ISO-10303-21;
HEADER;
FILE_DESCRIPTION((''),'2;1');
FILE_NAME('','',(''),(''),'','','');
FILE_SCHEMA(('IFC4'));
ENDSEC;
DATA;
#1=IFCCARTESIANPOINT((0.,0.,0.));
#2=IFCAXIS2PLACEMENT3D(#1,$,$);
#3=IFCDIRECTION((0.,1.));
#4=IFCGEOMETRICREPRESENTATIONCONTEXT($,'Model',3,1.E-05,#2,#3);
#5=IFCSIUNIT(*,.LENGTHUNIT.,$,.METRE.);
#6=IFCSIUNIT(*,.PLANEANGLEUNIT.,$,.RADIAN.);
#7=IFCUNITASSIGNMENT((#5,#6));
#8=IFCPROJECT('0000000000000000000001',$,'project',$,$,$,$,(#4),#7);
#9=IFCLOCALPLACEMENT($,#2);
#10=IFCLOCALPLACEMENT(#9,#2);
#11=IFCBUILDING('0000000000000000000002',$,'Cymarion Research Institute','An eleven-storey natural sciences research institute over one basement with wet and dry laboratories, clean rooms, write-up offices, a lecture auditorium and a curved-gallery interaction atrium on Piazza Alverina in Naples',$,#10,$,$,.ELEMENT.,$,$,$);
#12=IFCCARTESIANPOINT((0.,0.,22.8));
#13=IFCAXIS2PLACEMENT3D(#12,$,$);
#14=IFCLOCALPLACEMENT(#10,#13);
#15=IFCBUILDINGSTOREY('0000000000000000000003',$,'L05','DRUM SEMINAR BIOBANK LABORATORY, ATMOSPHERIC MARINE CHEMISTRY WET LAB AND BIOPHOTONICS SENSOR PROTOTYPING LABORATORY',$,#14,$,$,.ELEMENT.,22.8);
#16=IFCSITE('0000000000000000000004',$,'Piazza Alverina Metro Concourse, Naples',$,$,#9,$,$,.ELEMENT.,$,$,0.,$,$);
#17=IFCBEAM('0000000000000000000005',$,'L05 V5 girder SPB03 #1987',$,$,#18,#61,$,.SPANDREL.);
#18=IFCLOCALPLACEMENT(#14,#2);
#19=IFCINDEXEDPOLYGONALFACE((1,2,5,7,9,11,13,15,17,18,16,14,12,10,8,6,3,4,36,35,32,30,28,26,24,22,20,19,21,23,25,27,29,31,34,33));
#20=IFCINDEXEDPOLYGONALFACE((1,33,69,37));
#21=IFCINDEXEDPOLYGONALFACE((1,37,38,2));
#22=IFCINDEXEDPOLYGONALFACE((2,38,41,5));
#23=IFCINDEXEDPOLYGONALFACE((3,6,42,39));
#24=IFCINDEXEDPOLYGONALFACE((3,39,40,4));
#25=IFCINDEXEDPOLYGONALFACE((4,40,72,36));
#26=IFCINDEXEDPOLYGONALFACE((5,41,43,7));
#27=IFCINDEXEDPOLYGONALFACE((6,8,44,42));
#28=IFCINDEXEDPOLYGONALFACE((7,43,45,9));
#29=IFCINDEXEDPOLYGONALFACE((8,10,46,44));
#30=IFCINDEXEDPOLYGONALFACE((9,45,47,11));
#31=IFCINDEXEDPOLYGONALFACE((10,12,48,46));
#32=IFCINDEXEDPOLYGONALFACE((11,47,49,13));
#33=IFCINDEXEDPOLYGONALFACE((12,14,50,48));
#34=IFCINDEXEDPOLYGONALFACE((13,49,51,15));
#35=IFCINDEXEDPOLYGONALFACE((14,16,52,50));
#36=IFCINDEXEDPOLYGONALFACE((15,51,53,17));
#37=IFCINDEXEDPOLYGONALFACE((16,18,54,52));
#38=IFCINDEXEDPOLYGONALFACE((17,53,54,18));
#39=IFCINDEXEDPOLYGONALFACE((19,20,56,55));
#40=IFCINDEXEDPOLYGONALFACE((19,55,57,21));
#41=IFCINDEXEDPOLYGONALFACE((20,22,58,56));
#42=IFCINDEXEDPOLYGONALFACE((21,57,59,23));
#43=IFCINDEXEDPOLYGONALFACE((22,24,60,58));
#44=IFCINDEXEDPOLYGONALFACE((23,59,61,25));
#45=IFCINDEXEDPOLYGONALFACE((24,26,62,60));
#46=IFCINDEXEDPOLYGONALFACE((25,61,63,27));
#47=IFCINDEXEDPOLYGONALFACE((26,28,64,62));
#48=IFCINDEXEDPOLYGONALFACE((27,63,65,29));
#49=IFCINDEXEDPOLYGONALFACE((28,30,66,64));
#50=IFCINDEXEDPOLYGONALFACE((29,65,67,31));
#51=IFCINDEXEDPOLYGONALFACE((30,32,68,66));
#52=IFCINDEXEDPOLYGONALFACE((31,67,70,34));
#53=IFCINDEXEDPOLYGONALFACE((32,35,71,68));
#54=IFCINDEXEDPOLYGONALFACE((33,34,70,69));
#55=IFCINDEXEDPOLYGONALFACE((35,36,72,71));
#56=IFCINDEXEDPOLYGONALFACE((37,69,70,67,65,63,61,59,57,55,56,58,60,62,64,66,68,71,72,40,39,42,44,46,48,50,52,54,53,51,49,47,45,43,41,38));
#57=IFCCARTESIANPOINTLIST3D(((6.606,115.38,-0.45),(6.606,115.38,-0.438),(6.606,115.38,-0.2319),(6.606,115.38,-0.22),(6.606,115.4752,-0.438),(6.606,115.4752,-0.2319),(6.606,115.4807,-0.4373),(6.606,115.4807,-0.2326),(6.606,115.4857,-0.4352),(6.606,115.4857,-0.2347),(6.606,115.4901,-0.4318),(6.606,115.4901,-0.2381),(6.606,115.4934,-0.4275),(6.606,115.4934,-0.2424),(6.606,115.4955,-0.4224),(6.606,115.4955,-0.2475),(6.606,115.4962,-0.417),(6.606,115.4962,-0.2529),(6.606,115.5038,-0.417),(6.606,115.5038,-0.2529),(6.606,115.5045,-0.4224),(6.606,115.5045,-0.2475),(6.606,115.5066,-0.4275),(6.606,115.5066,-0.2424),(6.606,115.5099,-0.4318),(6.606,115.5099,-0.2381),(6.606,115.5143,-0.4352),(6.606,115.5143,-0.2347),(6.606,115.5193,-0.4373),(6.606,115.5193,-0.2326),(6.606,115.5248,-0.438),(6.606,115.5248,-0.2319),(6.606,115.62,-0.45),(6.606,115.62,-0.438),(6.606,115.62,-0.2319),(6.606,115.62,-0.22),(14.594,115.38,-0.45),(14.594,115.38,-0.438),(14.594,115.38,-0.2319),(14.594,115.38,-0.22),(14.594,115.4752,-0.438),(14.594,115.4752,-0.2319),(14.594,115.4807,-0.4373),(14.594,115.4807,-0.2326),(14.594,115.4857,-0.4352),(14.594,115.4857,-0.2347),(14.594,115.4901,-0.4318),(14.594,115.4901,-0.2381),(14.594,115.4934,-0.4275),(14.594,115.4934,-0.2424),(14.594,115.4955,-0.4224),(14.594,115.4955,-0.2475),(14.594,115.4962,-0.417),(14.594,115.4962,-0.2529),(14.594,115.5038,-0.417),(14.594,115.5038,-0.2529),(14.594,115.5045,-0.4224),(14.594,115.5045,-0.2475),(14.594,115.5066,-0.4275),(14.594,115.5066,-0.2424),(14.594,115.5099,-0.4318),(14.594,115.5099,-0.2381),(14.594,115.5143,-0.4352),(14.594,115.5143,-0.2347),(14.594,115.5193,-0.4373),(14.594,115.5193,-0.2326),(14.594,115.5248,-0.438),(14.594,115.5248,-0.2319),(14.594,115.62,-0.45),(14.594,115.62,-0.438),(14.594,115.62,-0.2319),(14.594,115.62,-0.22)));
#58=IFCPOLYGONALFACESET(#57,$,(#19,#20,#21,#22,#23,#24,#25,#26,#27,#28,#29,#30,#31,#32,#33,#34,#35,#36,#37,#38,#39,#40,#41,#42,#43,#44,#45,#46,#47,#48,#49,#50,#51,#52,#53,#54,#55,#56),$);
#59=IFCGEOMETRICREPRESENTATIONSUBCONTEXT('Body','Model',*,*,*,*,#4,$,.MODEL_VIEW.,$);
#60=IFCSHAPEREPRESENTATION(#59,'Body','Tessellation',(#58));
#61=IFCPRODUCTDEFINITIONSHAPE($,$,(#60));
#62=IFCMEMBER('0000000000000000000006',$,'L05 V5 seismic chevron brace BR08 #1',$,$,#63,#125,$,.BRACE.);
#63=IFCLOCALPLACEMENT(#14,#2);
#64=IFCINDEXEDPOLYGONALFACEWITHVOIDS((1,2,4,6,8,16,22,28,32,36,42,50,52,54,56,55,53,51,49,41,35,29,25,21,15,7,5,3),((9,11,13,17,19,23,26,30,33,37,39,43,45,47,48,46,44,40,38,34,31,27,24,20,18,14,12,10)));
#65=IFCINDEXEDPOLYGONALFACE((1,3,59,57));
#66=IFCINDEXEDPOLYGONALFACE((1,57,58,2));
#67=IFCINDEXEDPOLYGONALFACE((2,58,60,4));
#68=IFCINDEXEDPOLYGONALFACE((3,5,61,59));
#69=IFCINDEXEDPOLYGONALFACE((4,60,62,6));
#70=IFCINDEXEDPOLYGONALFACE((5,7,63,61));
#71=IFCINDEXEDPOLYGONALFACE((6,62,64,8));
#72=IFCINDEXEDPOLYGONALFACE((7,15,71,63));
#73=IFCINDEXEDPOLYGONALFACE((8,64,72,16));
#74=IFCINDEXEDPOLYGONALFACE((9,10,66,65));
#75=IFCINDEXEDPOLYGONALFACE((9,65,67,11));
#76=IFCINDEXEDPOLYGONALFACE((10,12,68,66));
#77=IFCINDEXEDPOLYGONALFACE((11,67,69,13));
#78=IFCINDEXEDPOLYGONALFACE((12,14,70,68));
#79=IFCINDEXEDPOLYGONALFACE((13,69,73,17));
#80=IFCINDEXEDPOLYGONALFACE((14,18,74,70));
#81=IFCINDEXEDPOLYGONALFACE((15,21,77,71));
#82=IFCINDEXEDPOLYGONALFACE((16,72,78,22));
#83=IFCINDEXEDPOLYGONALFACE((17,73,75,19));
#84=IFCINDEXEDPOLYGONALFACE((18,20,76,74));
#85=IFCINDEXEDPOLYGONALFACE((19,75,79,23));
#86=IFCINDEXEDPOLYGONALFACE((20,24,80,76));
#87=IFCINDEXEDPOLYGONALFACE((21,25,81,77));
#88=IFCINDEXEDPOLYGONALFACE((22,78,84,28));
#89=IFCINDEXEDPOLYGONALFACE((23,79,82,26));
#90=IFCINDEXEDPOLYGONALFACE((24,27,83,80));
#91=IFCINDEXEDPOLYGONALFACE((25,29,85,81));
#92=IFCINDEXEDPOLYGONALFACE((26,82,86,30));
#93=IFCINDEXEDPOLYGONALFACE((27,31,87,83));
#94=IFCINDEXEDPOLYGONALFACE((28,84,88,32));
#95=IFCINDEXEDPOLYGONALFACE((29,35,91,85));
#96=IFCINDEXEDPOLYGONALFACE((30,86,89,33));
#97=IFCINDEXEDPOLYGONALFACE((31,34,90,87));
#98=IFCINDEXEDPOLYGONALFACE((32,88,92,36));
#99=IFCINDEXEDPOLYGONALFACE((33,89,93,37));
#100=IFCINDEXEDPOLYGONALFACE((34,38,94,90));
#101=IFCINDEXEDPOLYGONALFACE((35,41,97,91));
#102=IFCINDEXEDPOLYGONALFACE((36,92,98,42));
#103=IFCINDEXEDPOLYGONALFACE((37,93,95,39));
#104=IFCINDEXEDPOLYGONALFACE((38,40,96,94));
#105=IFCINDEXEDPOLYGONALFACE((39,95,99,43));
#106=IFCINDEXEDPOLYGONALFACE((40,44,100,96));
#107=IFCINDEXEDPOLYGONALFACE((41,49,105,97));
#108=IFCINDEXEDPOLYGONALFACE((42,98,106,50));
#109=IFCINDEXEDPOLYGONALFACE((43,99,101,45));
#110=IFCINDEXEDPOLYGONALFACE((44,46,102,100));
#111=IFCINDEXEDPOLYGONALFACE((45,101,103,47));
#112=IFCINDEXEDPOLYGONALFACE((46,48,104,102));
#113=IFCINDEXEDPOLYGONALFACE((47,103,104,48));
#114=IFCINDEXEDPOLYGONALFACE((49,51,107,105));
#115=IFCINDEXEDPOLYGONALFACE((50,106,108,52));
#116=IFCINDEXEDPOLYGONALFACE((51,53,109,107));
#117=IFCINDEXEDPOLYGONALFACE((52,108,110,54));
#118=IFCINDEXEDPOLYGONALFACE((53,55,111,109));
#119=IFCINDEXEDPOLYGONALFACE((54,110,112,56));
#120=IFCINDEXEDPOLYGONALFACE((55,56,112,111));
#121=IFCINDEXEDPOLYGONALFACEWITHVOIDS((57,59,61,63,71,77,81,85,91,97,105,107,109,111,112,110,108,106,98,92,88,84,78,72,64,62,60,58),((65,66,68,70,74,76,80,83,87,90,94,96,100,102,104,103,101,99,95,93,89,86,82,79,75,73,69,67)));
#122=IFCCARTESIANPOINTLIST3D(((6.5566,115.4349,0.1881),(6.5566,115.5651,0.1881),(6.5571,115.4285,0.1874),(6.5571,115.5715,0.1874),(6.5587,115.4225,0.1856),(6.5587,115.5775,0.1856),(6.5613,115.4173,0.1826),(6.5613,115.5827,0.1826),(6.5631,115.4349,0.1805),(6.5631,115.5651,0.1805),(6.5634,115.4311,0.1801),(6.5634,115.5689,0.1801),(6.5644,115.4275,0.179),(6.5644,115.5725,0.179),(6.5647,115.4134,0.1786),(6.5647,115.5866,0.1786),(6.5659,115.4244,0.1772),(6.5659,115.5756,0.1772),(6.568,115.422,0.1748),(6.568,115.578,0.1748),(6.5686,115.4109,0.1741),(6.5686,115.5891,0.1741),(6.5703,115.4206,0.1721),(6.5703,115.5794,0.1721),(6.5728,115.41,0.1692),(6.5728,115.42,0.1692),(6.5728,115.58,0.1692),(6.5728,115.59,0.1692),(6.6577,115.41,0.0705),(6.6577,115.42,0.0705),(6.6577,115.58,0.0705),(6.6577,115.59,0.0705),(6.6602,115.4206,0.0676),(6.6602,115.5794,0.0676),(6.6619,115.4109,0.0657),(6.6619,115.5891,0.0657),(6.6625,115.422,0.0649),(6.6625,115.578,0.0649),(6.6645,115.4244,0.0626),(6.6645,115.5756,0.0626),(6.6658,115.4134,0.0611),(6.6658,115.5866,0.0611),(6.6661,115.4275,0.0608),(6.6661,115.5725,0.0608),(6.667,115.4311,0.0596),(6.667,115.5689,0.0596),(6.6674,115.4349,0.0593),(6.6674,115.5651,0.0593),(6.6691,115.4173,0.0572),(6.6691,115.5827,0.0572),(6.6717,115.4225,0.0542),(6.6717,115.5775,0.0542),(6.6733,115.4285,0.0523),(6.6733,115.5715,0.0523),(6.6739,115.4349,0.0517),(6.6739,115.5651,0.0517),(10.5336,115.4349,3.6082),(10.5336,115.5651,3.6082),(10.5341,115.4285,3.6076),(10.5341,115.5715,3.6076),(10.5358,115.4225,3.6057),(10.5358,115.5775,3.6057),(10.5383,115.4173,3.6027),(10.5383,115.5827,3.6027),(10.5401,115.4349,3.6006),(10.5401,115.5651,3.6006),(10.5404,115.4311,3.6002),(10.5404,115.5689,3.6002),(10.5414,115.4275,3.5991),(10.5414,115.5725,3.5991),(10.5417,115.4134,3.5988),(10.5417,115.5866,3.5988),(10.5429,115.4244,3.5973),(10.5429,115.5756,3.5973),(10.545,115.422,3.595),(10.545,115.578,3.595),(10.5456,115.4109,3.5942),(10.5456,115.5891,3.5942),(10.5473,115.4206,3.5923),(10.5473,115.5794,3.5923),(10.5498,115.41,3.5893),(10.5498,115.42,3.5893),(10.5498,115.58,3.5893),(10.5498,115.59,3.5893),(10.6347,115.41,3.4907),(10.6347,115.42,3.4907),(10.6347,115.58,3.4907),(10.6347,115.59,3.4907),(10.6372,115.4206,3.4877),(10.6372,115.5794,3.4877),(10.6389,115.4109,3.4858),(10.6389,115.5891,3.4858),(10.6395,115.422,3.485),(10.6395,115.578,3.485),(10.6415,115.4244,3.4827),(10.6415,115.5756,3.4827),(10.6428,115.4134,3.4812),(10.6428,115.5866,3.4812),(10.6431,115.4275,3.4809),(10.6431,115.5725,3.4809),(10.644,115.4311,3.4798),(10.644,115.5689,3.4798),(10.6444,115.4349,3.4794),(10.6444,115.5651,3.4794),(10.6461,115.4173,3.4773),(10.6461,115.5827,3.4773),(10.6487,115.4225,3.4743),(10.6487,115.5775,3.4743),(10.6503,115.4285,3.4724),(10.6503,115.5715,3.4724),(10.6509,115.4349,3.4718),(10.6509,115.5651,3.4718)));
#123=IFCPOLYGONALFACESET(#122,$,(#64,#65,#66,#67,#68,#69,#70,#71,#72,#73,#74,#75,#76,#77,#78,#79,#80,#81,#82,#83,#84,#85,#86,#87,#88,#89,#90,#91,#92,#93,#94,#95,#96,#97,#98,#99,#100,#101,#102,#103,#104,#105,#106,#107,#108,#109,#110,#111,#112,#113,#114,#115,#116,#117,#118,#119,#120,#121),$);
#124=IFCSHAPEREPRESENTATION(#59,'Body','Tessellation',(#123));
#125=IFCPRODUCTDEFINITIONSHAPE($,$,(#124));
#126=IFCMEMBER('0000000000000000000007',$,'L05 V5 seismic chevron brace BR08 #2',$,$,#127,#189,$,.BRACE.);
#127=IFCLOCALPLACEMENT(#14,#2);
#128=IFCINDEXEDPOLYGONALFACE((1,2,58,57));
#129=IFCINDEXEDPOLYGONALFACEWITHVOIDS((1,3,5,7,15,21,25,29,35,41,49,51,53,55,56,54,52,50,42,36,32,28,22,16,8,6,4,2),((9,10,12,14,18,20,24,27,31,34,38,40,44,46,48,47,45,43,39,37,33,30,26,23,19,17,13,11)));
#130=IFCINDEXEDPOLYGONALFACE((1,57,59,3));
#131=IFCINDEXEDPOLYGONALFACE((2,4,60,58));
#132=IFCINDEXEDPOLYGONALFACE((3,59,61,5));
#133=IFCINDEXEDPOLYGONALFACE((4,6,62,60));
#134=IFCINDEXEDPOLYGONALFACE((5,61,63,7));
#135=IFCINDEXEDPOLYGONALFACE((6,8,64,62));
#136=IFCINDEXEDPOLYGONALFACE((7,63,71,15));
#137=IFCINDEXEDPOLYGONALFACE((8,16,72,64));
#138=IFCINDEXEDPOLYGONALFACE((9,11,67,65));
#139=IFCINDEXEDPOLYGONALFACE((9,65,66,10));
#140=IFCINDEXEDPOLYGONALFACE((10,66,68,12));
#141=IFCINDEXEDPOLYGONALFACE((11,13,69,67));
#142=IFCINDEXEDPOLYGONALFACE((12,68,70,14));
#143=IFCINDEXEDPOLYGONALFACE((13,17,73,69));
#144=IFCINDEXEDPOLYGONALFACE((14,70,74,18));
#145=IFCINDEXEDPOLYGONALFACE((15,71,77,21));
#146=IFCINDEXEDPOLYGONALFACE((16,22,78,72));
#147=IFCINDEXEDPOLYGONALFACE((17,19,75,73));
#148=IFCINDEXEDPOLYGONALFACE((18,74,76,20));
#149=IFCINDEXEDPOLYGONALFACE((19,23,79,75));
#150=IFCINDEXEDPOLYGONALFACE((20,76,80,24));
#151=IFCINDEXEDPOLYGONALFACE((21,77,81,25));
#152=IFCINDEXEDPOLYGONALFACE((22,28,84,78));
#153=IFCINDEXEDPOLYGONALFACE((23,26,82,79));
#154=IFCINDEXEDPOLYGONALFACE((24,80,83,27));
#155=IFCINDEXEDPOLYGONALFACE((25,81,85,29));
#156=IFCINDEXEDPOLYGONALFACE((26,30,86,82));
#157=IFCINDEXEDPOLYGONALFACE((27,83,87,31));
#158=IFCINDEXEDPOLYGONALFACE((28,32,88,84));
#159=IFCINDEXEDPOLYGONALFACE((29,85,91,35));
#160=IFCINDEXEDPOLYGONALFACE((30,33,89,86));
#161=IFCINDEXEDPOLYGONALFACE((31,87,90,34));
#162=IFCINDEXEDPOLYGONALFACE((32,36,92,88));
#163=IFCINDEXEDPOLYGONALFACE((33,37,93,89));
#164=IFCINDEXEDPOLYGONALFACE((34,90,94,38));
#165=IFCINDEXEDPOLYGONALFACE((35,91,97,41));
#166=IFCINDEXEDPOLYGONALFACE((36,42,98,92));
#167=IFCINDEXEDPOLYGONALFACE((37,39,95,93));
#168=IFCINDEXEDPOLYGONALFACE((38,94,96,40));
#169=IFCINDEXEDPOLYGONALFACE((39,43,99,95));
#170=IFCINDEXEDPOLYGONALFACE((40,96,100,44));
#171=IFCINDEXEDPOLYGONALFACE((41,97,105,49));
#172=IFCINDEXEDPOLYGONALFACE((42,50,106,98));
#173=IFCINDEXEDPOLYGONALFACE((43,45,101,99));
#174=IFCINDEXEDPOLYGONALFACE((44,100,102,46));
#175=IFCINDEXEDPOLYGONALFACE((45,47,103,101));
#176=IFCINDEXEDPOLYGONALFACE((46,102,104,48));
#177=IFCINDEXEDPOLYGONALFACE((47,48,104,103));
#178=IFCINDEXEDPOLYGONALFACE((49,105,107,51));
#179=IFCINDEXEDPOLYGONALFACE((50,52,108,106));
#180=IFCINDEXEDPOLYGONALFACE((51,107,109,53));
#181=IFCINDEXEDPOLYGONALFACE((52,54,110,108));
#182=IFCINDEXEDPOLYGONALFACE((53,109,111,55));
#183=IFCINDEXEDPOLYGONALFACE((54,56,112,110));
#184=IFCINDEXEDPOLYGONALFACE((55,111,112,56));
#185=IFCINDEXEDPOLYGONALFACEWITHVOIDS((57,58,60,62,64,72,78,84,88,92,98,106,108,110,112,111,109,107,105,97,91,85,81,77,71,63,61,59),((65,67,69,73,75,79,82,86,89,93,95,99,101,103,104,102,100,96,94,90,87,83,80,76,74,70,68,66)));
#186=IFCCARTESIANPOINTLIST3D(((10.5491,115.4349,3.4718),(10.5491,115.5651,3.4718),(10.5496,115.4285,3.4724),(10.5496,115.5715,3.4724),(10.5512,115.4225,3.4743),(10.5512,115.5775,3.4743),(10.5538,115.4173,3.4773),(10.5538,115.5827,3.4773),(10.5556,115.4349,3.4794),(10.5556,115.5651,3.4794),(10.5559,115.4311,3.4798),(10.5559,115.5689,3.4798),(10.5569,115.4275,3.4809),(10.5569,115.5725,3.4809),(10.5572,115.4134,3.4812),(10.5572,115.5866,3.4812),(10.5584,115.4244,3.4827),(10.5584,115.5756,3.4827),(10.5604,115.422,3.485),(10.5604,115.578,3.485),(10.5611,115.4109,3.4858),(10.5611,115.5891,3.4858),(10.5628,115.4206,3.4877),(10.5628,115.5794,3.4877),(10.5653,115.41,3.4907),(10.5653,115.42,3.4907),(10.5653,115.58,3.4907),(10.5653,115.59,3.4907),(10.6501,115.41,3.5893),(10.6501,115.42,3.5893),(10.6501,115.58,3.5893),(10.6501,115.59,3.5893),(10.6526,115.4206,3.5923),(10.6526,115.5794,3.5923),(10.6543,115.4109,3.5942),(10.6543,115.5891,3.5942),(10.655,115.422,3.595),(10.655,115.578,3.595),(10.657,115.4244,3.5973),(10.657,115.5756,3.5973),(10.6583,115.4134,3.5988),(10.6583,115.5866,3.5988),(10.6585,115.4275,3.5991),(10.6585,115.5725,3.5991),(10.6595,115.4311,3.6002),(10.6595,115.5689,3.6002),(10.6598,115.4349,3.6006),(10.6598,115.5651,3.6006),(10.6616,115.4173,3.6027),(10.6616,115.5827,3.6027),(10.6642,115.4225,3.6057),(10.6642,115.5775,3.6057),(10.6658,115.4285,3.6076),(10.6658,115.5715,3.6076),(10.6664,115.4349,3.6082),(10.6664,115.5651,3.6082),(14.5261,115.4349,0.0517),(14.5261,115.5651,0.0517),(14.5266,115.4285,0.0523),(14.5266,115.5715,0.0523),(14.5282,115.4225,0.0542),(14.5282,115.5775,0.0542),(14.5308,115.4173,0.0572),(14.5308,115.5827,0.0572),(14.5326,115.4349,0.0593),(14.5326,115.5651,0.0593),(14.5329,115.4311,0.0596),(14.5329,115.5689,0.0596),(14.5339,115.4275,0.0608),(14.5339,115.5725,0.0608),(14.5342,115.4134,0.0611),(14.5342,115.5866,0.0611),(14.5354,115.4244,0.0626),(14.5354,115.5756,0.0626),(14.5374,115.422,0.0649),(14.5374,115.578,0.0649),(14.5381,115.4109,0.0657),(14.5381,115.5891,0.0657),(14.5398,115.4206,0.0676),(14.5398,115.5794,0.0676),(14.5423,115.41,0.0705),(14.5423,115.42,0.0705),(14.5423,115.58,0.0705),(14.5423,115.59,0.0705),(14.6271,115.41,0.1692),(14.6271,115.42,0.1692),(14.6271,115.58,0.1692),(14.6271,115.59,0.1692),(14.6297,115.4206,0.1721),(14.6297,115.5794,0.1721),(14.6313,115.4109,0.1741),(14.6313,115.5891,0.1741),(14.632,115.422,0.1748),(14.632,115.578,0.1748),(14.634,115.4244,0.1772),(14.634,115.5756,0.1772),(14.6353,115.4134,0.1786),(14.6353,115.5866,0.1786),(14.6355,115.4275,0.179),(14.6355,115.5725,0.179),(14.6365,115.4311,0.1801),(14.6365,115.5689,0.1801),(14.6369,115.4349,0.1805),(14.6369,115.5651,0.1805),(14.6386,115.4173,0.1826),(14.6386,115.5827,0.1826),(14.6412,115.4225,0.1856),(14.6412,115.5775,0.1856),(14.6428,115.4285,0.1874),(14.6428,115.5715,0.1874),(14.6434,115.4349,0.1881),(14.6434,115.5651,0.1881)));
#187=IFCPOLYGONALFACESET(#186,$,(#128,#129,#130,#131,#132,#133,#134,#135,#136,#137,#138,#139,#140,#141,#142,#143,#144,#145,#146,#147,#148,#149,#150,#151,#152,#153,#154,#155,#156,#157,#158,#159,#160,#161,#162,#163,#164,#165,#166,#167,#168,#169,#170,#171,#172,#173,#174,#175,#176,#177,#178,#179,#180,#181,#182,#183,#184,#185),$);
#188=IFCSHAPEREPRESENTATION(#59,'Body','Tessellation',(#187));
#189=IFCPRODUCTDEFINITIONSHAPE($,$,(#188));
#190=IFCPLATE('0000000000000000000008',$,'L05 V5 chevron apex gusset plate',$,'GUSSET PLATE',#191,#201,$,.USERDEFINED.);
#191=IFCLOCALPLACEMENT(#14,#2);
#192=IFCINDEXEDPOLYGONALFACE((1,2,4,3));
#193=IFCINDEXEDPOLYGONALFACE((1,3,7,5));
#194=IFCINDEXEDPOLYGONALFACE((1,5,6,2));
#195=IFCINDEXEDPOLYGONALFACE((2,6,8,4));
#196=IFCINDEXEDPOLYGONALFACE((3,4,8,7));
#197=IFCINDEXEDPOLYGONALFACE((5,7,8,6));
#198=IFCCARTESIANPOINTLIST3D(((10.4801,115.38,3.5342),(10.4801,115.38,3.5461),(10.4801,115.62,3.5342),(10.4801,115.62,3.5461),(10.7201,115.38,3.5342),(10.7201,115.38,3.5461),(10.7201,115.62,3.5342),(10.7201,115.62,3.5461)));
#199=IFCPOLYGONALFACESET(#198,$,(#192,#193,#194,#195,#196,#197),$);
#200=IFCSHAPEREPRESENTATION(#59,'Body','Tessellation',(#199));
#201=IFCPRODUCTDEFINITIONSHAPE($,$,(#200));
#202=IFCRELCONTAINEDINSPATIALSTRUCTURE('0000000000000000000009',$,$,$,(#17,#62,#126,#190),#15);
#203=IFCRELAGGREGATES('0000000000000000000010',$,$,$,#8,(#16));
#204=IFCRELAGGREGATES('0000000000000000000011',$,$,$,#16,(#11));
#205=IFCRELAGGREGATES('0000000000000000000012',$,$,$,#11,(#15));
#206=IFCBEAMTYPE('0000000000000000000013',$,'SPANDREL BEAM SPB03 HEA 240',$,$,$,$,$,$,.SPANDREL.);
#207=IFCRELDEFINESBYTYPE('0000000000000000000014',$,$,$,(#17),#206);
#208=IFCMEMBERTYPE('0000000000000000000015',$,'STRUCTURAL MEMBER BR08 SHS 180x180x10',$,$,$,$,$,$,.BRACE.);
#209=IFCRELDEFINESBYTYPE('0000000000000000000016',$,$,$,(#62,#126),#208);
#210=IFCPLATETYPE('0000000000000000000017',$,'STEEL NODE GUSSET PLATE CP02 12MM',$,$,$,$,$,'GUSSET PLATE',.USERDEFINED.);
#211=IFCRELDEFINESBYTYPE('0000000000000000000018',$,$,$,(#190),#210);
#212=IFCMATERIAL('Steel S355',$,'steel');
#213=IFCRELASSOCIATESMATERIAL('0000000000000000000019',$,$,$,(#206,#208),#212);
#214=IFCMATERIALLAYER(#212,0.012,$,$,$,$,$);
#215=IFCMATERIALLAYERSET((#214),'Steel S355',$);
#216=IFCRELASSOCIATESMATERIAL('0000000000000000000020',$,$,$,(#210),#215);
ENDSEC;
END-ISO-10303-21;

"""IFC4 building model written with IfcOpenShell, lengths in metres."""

from ifc_helpers import new_model, si_unit, direction, frame, origin, origin_2d, place, context, subcontext, project, spatial, rectangle, hollow_rectangle, i_section, extrude, material, layer, layer_set, material_profile, profile_set, type_object, element, save


model = new_model("IFC4")

# Units and contexts
model_context = context("Model", 3, precision=1e-05, world=origin(), true_north=direction((0.0, 1.0)))
body_context = subcontext(model_context, "Body", "Model", "MODEL_VIEW")
ifc_project = project(units=[si_unit("LENGTHUNIT", "METRE"), si_unit("PLANEANGLEUNIT", "RADIAN")], contexts=[model_context])

# Site, building, storey
site_placement = place(None, origin())
site = spatial("IfcSite", under=ifc_project, at=site_placement, Name="Piazza Alverina Metro Concourse, Naples", CompositionType="ELEMENT", RefElevation=0.0)
building_placement = place(site_placement, origin())
building = spatial("IfcBuilding", under=site, at=building_placement, Name="Cymarion Research Institute", Description="An eleven-storey natural sciences research institute over one basement with wet and dry laboratories, clean rooms, write-up offices, a lecture auditorium and a curved-gallery interaction atrium on Piazza Alverina in Naples", CompositionType="ELEMENT")
storey_placement = place(building_placement, frame((0.0, 0.0, 22.8)))
storey = spatial("IfcBuildingStorey", under=building, at=storey_placement, Name="L05", Description="DRUM SEMINAR BIOBANK LABORATORY, ATMOSPHERIC MARINE CHEMISTRY WET LAB AND BIOPHOTONICS SENSOR PROTOTYPING LABORATORY", CompositionType="ELEMENT", Elevation=22.8)

# Shared definitions
ifc_material_1 = material(Name="Steel S355", Category="steel")

# Beam
ifc_material_profile_1 = material_profile(ifc_material_1, i_section(OverallWidth=0.24, OverallDepth=0.23, WebThickness=0.0076, FlangeThickness=0.012, FilletRadius=0.021, at=origin_2d()), Name="HEA 240")
ifc_profile_set_1 = profile_set([ifc_material_profile_1], Name="Steel S355")
beam_type = type_object("IfcBeamType", Name="SPANDREL BEAM SPB03 HEA 240", PredefinedType="SPANDREL", material=ifc_profile_set_1)
beam_placement = place(storey_placement, frame((6.606, 115.5, -0.335), z_axis=(1.0, 0.0, 0.0), x_axis=(0.0, 1.0, 0.0)))
element("IfcBeam", 1, at=beam_placement, inside=storey, type_object=beam_type, Name="L05 V5 girder SPB03 #1987", PredefinedType="SPANDREL", context=body_context, shape_type="SweptSolid", body=[
    extrude(i_section(OverallWidth=0.24, OverallDepth=0.23, WebThickness=0.0076, FlangeThickness=0.012, FilletRadius=0.021, at=origin_2d()), origin(), (0.0, 0.0, 1.0), 7.988),
])

# Members
ifc_material_profile_2 = material_profile(ifc_material_1, hollow_rectangle(XDim=0.1799, YDim=0.1799, WallThickness=0.01, InnerFilletRadius=0.0149, OuterFilletRadius=0.0249, at=origin_2d()), Name="SHS 180x180x10")
ifc_profile_set_2 = profile_set([ifc_material_profile_2], Name="Steel S355")
member_type_1 = type_object("IfcMemberType", Name="STRUCTURAL MEMBER BR08 SHS 180x180x10", PredefinedType="BRACE", material=ifc_profile_set_2)
for number, where, z_axis, x_axis, name in (
    (2, (6.6152, 115.5, 0.1199), (0.758194, 0.0, 0.652029), (0.0, 1.0, 0.0), "L05 V5 seismic chevron brace BR08 #1"),
    (3, (14.5847, 115.5, 0.1199), (-0.758194, 0.0, 0.652029), (0.0, -1.0, 0.0), "L05 V5 seismic chevron brace BR08 #2"),
):
    element("IfcMember", number, at=place(storey_placement, frame(where, z_axis=z_axis, x_axis=x_axis)), inside=storey, type_object=member_type_1, Name=name, PredefinedType="BRACE", context=body_context, shape_type="SweptSolid", body=[
        extrude(hollow_rectangle(XDim=0.1799, YDim=0.1799, WallThickness=0.01, InnerFilletRadius=0.0149, OuterFilletRadius=0.0249, at=origin_2d()), origin(), (0.0, 0.0, 1.0), 5.2454),
    ])

# Plate
ifc_layer_1 = layer(ifc_material_1, 0.012)
ifc_layer_set_1 = layer_set([ifc_layer_1], Name="Steel S355")
plate_type = type_object("IfcPlateType", Name="STEEL NODE GUSSET PLATE CP02 12MM", ElementType="GUSSET PLATE", PredefinedType="USERDEFINED", material=ifc_layer_set_1)
for number, where, z_axis, x_axis, name in (
    (4, (10.6001, 115.5, 3.5342), (0.0, 0.0, 1.0), (1.0, 0.0, 0.0), "L05 V5 chevron apex gusset plate"),
):
    element("IfcPlate", number, at=place(storey_placement, frame(where, z_axis=z_axis, x_axis=x_axis)), inside=storey, type_object=plate_type, Name=name, ObjectType="GUSSET PLATE", PredefinedType="USERDEFINED", context=body_context, shape_type="SweptSolid", body=[
        extrude(rectangle(XDim=0.24, YDim=0.24, at=origin_2d()), origin(), (0.0, 0.0, 1.0), 0.012),
    ])

save(model, "model.ifc")
